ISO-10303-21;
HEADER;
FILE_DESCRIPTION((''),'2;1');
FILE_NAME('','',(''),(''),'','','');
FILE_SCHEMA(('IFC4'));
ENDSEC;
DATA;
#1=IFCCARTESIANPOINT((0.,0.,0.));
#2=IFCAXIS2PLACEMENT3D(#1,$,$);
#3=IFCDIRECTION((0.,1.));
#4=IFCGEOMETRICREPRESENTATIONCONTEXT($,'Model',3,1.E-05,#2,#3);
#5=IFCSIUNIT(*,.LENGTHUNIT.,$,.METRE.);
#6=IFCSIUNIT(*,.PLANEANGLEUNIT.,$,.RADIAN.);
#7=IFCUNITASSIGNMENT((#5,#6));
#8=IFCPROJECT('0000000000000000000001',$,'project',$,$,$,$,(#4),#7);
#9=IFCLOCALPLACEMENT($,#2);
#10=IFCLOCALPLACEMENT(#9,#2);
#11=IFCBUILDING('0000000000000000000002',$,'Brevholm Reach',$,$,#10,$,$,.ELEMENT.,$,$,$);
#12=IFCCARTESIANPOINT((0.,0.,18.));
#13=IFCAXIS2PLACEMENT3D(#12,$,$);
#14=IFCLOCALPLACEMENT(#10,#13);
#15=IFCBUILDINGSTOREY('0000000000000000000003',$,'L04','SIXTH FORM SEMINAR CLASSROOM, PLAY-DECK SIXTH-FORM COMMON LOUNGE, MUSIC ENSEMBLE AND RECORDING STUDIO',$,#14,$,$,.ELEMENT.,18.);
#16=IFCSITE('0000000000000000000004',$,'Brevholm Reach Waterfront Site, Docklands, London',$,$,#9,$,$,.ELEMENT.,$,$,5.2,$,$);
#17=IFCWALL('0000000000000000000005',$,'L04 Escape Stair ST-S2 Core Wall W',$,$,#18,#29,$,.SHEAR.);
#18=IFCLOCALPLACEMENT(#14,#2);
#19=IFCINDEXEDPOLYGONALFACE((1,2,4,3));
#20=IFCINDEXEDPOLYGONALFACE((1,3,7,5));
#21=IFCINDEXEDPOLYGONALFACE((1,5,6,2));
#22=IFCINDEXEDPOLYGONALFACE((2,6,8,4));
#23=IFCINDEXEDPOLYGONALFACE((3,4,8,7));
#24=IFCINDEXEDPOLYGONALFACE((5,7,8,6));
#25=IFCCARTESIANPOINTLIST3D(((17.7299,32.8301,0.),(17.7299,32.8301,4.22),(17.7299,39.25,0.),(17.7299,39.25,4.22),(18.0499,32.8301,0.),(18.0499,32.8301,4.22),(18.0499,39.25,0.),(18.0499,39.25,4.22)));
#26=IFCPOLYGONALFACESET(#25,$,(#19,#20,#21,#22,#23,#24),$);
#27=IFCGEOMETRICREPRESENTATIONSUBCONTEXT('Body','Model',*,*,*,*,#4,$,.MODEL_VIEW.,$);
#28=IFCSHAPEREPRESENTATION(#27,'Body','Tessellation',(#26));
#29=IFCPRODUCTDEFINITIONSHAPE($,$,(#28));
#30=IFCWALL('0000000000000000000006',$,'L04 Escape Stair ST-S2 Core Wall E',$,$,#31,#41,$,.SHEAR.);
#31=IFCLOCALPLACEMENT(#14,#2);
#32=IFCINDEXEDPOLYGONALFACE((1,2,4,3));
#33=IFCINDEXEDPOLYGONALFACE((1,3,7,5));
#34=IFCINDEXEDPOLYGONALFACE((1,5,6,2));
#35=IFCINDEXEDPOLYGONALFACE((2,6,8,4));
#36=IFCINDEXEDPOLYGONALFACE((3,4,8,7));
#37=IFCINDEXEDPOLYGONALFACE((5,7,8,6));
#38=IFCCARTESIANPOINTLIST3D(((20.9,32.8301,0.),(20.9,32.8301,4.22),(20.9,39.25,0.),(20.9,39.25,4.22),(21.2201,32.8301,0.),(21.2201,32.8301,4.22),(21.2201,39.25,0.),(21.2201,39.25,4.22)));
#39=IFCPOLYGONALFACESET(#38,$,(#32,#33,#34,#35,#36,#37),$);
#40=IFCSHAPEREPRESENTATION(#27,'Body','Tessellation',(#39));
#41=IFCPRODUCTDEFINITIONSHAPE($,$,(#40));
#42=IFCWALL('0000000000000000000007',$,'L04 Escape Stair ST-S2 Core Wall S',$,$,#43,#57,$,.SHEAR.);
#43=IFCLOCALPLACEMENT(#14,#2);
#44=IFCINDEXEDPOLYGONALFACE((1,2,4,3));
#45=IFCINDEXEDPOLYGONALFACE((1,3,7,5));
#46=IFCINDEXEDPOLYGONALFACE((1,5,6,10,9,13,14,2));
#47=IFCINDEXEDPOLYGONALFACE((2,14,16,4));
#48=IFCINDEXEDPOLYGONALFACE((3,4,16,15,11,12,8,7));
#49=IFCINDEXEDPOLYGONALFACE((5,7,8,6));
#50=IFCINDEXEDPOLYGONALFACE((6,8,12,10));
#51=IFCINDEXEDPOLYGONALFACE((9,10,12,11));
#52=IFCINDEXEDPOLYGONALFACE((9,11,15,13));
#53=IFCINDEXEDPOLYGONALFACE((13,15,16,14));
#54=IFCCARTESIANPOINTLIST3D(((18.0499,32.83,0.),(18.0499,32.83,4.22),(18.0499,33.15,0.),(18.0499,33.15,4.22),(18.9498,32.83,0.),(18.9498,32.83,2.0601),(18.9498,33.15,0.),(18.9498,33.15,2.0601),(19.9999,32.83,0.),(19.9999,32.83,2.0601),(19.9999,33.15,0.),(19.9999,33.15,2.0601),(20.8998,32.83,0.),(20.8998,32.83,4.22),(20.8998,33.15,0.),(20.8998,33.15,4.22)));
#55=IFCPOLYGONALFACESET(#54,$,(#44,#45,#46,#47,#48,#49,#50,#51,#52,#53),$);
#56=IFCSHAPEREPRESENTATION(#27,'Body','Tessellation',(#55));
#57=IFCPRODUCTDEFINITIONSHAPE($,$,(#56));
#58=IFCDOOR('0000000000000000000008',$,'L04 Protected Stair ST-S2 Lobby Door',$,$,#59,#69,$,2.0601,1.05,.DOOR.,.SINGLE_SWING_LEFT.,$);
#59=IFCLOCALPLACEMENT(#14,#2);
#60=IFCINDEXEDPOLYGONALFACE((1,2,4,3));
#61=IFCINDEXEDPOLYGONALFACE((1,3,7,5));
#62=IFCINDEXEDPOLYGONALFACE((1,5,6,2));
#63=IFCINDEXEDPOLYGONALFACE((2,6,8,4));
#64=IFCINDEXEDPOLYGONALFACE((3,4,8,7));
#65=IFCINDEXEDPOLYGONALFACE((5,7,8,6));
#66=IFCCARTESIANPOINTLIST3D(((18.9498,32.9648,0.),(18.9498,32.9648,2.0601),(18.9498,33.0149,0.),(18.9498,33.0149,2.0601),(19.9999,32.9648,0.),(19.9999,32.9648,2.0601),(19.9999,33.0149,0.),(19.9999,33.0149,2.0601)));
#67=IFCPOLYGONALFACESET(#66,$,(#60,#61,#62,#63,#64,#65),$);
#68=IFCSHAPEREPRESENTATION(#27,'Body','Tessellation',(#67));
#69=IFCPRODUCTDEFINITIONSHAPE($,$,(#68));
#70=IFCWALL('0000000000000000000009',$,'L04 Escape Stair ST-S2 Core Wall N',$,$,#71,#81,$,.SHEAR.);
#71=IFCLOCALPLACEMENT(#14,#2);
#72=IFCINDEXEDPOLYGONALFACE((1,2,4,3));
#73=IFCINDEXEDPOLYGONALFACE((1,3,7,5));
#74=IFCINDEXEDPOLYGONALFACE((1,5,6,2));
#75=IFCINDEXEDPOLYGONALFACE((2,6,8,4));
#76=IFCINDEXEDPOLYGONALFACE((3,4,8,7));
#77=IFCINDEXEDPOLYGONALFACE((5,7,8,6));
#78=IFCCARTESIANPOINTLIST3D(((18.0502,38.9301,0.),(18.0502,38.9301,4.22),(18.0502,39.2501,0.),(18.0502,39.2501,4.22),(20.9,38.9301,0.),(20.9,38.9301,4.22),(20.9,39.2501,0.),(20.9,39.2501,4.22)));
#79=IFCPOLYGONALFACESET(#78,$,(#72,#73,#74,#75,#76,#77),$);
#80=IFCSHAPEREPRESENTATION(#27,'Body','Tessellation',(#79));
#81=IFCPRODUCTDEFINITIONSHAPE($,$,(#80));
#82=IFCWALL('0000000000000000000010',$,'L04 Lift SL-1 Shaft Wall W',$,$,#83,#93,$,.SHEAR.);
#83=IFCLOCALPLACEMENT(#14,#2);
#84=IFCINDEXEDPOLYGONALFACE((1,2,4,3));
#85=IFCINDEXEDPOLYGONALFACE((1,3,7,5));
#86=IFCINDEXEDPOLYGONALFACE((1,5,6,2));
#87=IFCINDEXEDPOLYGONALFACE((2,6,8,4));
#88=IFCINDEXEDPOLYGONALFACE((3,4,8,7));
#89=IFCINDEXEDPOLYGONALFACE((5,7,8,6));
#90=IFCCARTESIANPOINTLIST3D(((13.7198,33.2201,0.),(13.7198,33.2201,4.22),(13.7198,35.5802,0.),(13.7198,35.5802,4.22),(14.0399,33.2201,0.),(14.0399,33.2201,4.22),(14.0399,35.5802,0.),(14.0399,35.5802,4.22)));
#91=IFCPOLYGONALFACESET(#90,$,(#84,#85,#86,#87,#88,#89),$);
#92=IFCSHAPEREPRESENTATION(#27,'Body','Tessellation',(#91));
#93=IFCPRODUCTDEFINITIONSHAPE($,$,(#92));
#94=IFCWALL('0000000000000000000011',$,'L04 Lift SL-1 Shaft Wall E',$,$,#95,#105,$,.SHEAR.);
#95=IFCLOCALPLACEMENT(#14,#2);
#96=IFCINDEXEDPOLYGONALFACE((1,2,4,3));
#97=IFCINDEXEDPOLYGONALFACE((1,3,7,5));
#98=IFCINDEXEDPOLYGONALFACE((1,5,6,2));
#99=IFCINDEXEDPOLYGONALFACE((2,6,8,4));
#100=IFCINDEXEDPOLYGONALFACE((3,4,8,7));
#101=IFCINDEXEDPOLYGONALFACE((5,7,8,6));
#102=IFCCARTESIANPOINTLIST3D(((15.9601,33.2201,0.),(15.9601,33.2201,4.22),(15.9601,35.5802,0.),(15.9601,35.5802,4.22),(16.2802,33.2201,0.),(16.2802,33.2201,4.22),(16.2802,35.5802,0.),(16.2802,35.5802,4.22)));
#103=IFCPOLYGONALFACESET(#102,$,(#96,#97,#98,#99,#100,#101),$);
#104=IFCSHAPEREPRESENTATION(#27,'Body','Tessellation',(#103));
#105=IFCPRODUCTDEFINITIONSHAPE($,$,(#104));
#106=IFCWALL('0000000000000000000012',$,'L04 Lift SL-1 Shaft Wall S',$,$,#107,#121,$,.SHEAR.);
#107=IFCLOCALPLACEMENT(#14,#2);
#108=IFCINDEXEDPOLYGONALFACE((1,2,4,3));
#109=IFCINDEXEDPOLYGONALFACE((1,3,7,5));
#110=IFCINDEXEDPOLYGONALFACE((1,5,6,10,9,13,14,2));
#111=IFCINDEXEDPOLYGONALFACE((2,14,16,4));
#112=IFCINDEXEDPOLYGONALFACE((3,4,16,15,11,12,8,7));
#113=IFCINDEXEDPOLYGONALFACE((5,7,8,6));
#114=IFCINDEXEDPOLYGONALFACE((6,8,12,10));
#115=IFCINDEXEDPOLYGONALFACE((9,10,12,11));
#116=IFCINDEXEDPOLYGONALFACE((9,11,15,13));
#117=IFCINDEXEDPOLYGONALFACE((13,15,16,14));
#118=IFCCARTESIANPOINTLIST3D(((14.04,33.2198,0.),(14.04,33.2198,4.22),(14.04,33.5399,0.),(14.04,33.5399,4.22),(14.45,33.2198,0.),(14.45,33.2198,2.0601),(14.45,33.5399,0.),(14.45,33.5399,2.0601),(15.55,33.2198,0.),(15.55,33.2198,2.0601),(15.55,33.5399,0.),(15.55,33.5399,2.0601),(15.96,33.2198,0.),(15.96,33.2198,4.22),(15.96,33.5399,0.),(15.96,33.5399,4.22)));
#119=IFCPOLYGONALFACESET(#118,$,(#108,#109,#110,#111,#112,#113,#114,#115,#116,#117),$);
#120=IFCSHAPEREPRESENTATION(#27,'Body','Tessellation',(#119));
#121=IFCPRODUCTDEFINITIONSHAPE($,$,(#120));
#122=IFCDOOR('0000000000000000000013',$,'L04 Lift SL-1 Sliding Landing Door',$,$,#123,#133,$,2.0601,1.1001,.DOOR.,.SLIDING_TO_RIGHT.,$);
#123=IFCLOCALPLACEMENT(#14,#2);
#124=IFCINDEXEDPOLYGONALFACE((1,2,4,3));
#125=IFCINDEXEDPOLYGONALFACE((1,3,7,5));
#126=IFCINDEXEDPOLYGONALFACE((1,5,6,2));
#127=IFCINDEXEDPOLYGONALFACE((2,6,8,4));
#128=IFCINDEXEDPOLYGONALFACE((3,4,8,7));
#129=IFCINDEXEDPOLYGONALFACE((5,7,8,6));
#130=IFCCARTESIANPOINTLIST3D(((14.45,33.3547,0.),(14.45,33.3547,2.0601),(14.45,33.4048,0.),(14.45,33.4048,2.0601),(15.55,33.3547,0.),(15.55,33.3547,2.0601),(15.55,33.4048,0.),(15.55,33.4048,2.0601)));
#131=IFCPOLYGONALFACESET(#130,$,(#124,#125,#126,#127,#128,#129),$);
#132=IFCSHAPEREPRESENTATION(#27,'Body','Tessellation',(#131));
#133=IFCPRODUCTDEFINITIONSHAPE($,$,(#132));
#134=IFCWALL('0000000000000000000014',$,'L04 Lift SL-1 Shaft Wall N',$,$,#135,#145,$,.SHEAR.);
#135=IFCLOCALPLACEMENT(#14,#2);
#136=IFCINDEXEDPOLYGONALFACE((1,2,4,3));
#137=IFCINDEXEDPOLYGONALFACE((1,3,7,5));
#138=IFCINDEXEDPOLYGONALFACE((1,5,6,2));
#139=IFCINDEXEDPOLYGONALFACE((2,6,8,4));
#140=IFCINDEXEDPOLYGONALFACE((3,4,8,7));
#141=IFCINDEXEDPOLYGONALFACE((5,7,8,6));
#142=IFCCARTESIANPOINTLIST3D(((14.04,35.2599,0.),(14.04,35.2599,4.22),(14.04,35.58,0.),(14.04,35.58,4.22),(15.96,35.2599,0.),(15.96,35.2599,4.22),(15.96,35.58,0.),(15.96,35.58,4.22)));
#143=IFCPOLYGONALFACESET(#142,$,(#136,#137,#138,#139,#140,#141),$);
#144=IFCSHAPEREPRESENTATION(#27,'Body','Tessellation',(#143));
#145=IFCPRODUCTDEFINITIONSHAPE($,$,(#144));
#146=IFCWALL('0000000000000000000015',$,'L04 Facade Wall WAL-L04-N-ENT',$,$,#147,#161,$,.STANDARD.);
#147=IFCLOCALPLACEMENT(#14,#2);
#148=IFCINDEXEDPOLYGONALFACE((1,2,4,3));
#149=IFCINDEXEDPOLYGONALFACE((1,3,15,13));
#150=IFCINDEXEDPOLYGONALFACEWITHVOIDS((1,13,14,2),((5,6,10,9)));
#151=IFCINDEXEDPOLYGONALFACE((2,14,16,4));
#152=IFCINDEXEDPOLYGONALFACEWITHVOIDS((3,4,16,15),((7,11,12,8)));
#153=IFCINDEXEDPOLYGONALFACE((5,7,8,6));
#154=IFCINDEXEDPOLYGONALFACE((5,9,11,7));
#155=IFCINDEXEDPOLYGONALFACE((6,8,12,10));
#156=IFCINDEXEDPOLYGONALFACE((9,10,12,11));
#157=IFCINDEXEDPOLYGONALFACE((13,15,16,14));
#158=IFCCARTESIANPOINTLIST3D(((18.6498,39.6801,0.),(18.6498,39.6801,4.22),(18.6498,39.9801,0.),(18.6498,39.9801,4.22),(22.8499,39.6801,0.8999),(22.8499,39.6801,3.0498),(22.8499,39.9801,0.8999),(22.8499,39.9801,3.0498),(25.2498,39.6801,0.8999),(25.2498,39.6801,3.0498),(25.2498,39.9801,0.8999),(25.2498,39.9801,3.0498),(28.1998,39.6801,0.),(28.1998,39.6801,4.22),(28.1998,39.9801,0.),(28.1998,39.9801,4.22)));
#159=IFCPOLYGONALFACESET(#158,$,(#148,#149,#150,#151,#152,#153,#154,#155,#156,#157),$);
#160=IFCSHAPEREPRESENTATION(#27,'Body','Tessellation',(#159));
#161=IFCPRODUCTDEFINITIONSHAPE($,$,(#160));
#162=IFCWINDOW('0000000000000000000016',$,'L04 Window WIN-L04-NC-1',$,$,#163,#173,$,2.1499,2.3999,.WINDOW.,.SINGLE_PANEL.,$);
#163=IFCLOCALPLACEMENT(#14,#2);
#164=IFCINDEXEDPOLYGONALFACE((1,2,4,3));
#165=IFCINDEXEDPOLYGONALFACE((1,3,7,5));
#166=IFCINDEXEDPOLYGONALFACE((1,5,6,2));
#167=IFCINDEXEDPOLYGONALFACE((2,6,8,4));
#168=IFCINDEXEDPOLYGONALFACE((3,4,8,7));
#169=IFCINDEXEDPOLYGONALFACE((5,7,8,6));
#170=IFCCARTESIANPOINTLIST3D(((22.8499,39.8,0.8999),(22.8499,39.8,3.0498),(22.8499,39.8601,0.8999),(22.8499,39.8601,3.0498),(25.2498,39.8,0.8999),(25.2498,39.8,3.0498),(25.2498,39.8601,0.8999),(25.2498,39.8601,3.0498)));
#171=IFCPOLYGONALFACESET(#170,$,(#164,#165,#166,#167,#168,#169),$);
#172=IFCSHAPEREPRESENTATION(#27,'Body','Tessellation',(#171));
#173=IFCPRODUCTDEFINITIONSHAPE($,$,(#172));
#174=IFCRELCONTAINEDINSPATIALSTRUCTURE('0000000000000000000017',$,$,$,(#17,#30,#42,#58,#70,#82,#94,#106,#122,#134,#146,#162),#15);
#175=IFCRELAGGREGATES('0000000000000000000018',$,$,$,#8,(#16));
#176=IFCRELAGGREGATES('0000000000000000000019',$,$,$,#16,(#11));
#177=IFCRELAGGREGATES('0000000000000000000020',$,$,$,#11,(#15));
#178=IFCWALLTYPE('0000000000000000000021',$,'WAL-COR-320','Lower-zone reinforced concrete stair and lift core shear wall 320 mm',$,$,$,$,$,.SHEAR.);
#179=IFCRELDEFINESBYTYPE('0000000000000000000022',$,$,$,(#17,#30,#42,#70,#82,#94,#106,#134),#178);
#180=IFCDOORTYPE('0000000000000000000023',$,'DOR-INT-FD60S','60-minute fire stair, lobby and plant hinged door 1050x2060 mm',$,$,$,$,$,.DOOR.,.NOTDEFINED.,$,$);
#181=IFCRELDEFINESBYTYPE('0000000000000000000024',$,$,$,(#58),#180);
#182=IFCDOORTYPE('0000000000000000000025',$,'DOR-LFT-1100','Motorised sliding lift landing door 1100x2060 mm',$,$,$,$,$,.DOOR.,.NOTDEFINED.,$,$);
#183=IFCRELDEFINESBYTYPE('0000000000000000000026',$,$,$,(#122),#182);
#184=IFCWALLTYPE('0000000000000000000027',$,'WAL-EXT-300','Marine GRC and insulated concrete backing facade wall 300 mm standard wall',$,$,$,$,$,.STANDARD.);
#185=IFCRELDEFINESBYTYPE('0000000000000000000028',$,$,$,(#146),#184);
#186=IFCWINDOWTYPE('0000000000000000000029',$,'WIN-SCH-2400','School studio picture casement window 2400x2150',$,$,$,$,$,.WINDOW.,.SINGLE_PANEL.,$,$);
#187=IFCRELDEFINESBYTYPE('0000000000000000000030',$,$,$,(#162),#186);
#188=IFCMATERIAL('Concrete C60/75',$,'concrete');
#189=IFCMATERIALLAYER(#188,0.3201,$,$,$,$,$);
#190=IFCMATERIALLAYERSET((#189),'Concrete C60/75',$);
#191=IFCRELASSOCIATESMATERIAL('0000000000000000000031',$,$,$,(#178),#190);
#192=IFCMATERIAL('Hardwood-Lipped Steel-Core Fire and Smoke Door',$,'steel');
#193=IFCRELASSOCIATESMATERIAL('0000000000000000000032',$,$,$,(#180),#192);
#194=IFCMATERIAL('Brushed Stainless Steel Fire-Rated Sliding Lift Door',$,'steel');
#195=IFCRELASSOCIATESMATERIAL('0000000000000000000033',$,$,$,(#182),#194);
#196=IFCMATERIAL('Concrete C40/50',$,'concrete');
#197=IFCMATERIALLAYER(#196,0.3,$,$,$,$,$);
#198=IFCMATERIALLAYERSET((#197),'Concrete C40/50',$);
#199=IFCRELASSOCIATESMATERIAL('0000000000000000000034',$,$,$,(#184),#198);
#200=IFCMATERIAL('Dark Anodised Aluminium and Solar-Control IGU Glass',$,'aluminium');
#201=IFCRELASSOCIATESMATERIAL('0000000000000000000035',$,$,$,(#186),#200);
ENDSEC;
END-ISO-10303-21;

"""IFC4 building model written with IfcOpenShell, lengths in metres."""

from ifc_helpers import new_model, si_unit, direction, frame, frame_2d, origin, place, context, subcontext, project, spatial, rectangle, extrude, material, layer, layer_set, type_object, element, fill, save


model = new_model("IFC4")

# Units and contexts
model_context = context("Model", 3, precision=1e-05, world=origin(), true_north=direction((0.0, 1.0)))
body_context = subcontext(model_context, "Body", "Model", "MODEL_VIEW")
ifc_project = project(units=[si_unit("LENGTHUNIT", "METRE"), si_unit("PLANEANGLEUNIT", "RADIAN")], contexts=[model_context])

# Site, building, storey
site_placement = place(None, origin())
site = spatial("IfcSite", under=ifc_project, at=site_placement, Name="Brevholm Reach Waterfront Site, Docklands, London", CompositionType="ELEMENT", RefElevation=5.2)
building_placement = place(site_placement, origin())
building = spatial("IfcBuilding", under=site, at=building_placement, Name="Brevholm Reach", CompositionType="ELEMENT")
storey_placement = place(building_placement, frame((0.0, 0.0, 18.0)))
storey = spatial("IfcBuildingStorey", under=building, at=storey_placement, Name="L04", Description="SIXTH FORM SEMINAR CLASSROOM, PLAY-DECK SIXTH-FORM COMMON LOUNGE, MUSIC ENSEMBLE AND RECORDING STUDIO", CompositionType="ELEMENT", Elevation=18.0)

# Walls
ifc_material_1 = material(Name="Concrete C60/75", Category="concrete")
ifc_layer_1 = layer(ifc_material_1, 0.3201)
ifc_layer_set_1 = layer_set([ifc_layer_1], Name="Concrete C60/75")
wall_type_1 = type_object("IfcWallType", Name="WAL-COR-320", Description="Lower-zone reinforced concrete stair and lift core shear wall 320 mm", PredefinedType="SHEAR", material=ifc_layer_set_1)
for number, where, z_axis, x_axis, name in (
    (1, (17.8899, 32.8301, 0.0), (0.0, 0.0, 1.0), (0.0, 1.0, 0.0), "L04 Escape Stair ST-S2 Core Wall W"),
    (2, (21.0601, 32.8301, 0.0), (0.0, 0.0, 1.0), (0.0, 1.0, 0.0), "L04 Escape Stair ST-S2 Core Wall E"),
):
    element("IfcWall", number, at=place(storey_placement, frame(where, z_axis=z_axis, x_axis=x_axis)), inside=storey, type_object=wall_type_1, Name=name, PredefinedType="SHEAR", context=body_context, shape_type="SweptSolid", body=[
        extrude(rectangle(XDim=6.4199, YDim=0.3201, at=frame_2d((3.21, 0.0))), origin(), (0.0, 0.0, 1.0), 4.22),
    ])

# Wall, opening, door
wall_1_placement = place(storey_placement, frame((18.05, 32.99, 0.0), z_axis=(0.0, 0.0, 1.0), x_axis=(1.0, 0.0, 0.0)))
wall_1 = element("IfcWall", 3, at=wall_1_placement, inside=storey, type_object=wall_type_1, Name="L04 Escape Stair ST-S2 Core Wall S", PredefinedType="SHEAR", context=body_context, shape_type="SweptSolid", body=[
    extrude(rectangle(XDim=2.8499, YDim=0.3201, at=frame_2d((1.4248, 0.0))), origin(), (0.0, 0.0, 1.0), 4.22),
])
opening_1_placement = place(wall_1_placement, frame((0.8999, 0.0, 0.0)))
opening_1 = element("IfcOpeningElement", 4, at=opening_1_placement, cuts=wall_1, PredefinedType="OPENING", context=body_context, shape_type="SweptSolid", body=[
    extrude(rectangle(XDim=1.05, YDim=2.0601, at=frame_2d((0.5249, 1.03))), frame((0.0, 0.1699, 0.0), z_axis=(0.0, -1.0, 0.0), x_axis=(1.0, 0.0, 0.0)), (0.0, 0.0, 1.0), 0.3401),
])
ifc_material_2 = material(Name="Hardwood-Lipped Steel-Core Fire and Smoke Door", Category="steel")
door_type_1 = type_object("IfcDoorType", Name="DOR-INT-FD60S", Description="60-minute fire stair, lobby and plant hinged door 1050x2060 mm", OperationType="NOTDEFINED", PredefinedType="DOOR", material=ifc_material_2)
door_1_placement = place(opening_1_placement, origin())
door_1 = element("IfcDoor", 5, at=door_1_placement, inside=storey, type_object=door_type_1, Name="L04 Protected Stair ST-S2 Lobby Door", OperationType="SINGLE_SWING_LEFT", OverallHeight=2.0601, OverallWidth=1.05, PredefinedType="DOOR", context=body_context, shape_type="SweptSolid", body=[
    extrude(rectangle(XDim=1.05, YDim=2.0601, at=frame_2d((0.5249, 1.03))), frame((0.0, 0.0249, 0.0), z_axis=(0.0, -1.0, 0.0), x_axis=(1.0, 0.0, 0.0)), (0.0, 0.0, 1.0), 0.05),
])
fill(opening_1, door_1)

# Walls
wall_2_placement = place(storey_placement, frame((20.8999, 39.0901, 0.0), z_axis=(0.0, 0.0, 1.0), x_axis=(-1.0, 0.0, 0.0)))
element("IfcWall", 6, at=wall_2_placement, inside=storey, type_object=wall_type_1, Name="L04 Escape Stair ST-S2 Core Wall N", PredefinedType="SHEAR", context=body_context, shape_type="SweptSolid", body=[
    extrude(rectangle(XDim=2.8499, YDim=0.3201, at=frame_2d((1.4248, 0.0))), origin(), (0.0, 0.0, 1.0), 4.22),
])
for number, where, z_axis, x_axis, name in (
    (7, (13.8799, 33.22, 0.0), (0.0, 0.0, 1.0), (0.0, 1.0, 0.0), "L04 Lift SL-1 Shaft Wall W"),
    (8, (16.1201, 33.22, 0.0), (0.0, 0.0, 1.0), (0.0, 1.0, 0.0), "L04 Lift SL-1 Shaft Wall E"),
):
    element("IfcWall", number, at=place(storey_placement, frame(where, z_axis=z_axis, x_axis=x_axis)), inside=storey, type_object=wall_type_1, Name=name, PredefinedType="SHEAR", context=body_context, shape_type="SweptSolid", body=[
        extrude(rectangle(XDim=2.3601, YDim=0.3201, at=frame_2d((1.1802, 0.0))), origin(), (0.0, 0.0, 1.0), 4.22),
    ])

# Wall, opening, door
wall_3_placement = place(storey_placement, frame((14.04, 33.3799, 0.0), z_axis=(0.0, 0.0, 1.0), x_axis=(1.0, 0.0, 0.0)))
wall_3 = element("IfcWall", 9, at=wall_3_placement, inside=storey, type_object=wall_type_1, Name="L04 Lift SL-1 Shaft Wall S", PredefinedType="SHEAR", context=body_context, shape_type="SweptSolid", body=[
    extrude(rectangle(XDim=1.9199, YDim=0.3201, at=frame_2d((0.96, 0.0))), origin(), (0.0, 0.0, 1.0), 4.22),
])
opening_2_placement = place(wall_3_placement, frame((0.4099, 0.0, 0.0)))
opening_2 = element("IfcOpeningElement", 10, at=opening_2_placement, cuts=wall_3, PredefinedType="OPENING", context=body_context, shape_type="SweptSolid", body=[
    extrude(rectangle(XDim=1.1001, YDim=2.0601, at=frame_2d((0.55, 1.03))), frame((0.0, 0.1699, 0.0), z_axis=(0.0, -1.0, 0.0), x_axis=(1.0, 0.0, 0.0)), (0.0, 0.0, 1.0), 0.3401),
])
ifc_material_3 = material(Name="Brushed Stainless Steel Fire-Rated Sliding Lift Door", Category="steel")
door_type_2 = type_object("IfcDoorType", Name="DOR-LFT-1100", Description="Motorised sliding lift landing door 1100x2060 mm", OperationType="NOTDEFINED", PredefinedType="DOOR", material=ifc_material_3)
door_2_placement = place(opening_2_placement, origin())
door_2 = element("IfcDoor", 11, at=door_2_placement, inside=storey, type_object=door_type_2, Name="L04 Lift SL-1 Sliding Landing Door", OperationType="SLIDING_TO_RIGHT", OverallHeight=2.0601, OverallWidth=1.1001, PredefinedType="DOOR", context=body_context, shape_type="SweptSolid", body=[
    extrude(rectangle(XDim=1.1001, YDim=2.0601, at=frame_2d((0.55, 1.03))), frame((0.0, 0.0249, 0.0), z_axis=(0.0, -1.0, 0.0), x_axis=(1.0, 0.0, 0.0)), (0.0, 0.0, 1.0), 0.05),
])
fill(opening_2, door_2)

# Wall
wall_4_placement = place(storey_placement, frame((14.04, 35.4199, 0.0), z_axis=(0.0, 0.0, 1.0), x_axis=(1.0, 0.0, 0.0)))
element("IfcWall", 12, at=wall_4_placement, inside=storey, type_object=wall_type_1, Name="L04 Lift SL-1 Shaft Wall N", PredefinedType="SHEAR", context=body_context, shape_type="SweptSolid", body=[
    extrude(rectangle(XDim=1.9199, YDim=0.3201, at=frame_2d((0.96, 0.0))), origin(), (0.0, 0.0, 1.0), 4.22),
])

# Wall, opening, window
ifc_material_4 = material(Name="Concrete C40/50", Category="concrete")
ifc_layer_2 = layer(ifc_material_4, 0.3)
ifc_layer_set_2 = layer_set([ifc_layer_2], Name="Concrete C40/50")
wall_type_2 = type_object("IfcWallType", Name="WAL-EXT-300", Description="Marine GRC and insulated concrete backing facade wall 300 mm standard wall", PredefinedType="STANDARD", material=ifc_layer_set_2)
wall_5_placement = place(storey_placement, frame((18.6499, 39.8301, 0.0), z_axis=(0.0, 0.0, 1.0), x_axis=(1.0, 0.0, 0.0)))
wall_5 = element("IfcWall", 13, at=wall_5_placement, inside=storey, type_object=wall_type_2, Name="L04 Facade Wall WAL-L04-N-ENT", PredefinedType="STANDARD", context=body_context, shape_type="SweptSolid", body=[
    extrude(rectangle(XDim=9.55, YDim=0.3, at=frame_2d((4.7749, 0.0))), origin(), (0.0, 0.0, 1.0), 4.22),
])
opening_3_placement = place(wall_5_placement, frame((4.2, 0.0, 0.8999)))
opening_3 = element("IfcOpeningElement", 14, at=opening_3_placement, cuts=wall_5, PredefinedType="OPENING", context=body_context, shape_type="SweptSolid", body=[
    extrude(rectangle(XDim=2.3999, YDim=2.1499, at=frame_2d((1.2, 1.075))), frame((0.0, 0.1599, 0.0), z_axis=(0.0, -1.0, 0.0), x_axis=(1.0, 0.0, 0.0)), (0.0, 0.0, 1.0), 0.3201),
])
ifc_material_5 = material(Name="Dark Anodised Aluminium and Solar-Control IGU Glass", Category="aluminium")
window_type = type_object("IfcWindowType", Name="WIN-SCH-2400", Description="School studio picture casement window 2400x2150", PartitioningType="SINGLE_PANEL", PredefinedType="WINDOW", material=ifc_material_5)
window_placement = place(opening_3_placement, origin())
window = element("IfcWindow", 15, at=window_placement, inside=storey, type_object=window_type, Name="L04 Window WIN-L04-NC-1", OverallHeight=2.1499, OverallWidth=2.3999, PartitioningType="SINGLE_PANEL", PredefinedType="WINDOW", context=body_context, shape_type="SweptSolid", body=[
    extrude(rectangle(XDim=2.3999, YDim=2.1499, at=frame_2d((1.2, 1.075))), frame((0.0, 0.03, 0.0), z_axis=(0.0, -1.0, 0.0), x_axis=(1.0, 0.0, 0.0)), (0.0, 0.0, 1.0), 0.0601),
])
fill(opening_3, window)

save(model, "model.ifc")
